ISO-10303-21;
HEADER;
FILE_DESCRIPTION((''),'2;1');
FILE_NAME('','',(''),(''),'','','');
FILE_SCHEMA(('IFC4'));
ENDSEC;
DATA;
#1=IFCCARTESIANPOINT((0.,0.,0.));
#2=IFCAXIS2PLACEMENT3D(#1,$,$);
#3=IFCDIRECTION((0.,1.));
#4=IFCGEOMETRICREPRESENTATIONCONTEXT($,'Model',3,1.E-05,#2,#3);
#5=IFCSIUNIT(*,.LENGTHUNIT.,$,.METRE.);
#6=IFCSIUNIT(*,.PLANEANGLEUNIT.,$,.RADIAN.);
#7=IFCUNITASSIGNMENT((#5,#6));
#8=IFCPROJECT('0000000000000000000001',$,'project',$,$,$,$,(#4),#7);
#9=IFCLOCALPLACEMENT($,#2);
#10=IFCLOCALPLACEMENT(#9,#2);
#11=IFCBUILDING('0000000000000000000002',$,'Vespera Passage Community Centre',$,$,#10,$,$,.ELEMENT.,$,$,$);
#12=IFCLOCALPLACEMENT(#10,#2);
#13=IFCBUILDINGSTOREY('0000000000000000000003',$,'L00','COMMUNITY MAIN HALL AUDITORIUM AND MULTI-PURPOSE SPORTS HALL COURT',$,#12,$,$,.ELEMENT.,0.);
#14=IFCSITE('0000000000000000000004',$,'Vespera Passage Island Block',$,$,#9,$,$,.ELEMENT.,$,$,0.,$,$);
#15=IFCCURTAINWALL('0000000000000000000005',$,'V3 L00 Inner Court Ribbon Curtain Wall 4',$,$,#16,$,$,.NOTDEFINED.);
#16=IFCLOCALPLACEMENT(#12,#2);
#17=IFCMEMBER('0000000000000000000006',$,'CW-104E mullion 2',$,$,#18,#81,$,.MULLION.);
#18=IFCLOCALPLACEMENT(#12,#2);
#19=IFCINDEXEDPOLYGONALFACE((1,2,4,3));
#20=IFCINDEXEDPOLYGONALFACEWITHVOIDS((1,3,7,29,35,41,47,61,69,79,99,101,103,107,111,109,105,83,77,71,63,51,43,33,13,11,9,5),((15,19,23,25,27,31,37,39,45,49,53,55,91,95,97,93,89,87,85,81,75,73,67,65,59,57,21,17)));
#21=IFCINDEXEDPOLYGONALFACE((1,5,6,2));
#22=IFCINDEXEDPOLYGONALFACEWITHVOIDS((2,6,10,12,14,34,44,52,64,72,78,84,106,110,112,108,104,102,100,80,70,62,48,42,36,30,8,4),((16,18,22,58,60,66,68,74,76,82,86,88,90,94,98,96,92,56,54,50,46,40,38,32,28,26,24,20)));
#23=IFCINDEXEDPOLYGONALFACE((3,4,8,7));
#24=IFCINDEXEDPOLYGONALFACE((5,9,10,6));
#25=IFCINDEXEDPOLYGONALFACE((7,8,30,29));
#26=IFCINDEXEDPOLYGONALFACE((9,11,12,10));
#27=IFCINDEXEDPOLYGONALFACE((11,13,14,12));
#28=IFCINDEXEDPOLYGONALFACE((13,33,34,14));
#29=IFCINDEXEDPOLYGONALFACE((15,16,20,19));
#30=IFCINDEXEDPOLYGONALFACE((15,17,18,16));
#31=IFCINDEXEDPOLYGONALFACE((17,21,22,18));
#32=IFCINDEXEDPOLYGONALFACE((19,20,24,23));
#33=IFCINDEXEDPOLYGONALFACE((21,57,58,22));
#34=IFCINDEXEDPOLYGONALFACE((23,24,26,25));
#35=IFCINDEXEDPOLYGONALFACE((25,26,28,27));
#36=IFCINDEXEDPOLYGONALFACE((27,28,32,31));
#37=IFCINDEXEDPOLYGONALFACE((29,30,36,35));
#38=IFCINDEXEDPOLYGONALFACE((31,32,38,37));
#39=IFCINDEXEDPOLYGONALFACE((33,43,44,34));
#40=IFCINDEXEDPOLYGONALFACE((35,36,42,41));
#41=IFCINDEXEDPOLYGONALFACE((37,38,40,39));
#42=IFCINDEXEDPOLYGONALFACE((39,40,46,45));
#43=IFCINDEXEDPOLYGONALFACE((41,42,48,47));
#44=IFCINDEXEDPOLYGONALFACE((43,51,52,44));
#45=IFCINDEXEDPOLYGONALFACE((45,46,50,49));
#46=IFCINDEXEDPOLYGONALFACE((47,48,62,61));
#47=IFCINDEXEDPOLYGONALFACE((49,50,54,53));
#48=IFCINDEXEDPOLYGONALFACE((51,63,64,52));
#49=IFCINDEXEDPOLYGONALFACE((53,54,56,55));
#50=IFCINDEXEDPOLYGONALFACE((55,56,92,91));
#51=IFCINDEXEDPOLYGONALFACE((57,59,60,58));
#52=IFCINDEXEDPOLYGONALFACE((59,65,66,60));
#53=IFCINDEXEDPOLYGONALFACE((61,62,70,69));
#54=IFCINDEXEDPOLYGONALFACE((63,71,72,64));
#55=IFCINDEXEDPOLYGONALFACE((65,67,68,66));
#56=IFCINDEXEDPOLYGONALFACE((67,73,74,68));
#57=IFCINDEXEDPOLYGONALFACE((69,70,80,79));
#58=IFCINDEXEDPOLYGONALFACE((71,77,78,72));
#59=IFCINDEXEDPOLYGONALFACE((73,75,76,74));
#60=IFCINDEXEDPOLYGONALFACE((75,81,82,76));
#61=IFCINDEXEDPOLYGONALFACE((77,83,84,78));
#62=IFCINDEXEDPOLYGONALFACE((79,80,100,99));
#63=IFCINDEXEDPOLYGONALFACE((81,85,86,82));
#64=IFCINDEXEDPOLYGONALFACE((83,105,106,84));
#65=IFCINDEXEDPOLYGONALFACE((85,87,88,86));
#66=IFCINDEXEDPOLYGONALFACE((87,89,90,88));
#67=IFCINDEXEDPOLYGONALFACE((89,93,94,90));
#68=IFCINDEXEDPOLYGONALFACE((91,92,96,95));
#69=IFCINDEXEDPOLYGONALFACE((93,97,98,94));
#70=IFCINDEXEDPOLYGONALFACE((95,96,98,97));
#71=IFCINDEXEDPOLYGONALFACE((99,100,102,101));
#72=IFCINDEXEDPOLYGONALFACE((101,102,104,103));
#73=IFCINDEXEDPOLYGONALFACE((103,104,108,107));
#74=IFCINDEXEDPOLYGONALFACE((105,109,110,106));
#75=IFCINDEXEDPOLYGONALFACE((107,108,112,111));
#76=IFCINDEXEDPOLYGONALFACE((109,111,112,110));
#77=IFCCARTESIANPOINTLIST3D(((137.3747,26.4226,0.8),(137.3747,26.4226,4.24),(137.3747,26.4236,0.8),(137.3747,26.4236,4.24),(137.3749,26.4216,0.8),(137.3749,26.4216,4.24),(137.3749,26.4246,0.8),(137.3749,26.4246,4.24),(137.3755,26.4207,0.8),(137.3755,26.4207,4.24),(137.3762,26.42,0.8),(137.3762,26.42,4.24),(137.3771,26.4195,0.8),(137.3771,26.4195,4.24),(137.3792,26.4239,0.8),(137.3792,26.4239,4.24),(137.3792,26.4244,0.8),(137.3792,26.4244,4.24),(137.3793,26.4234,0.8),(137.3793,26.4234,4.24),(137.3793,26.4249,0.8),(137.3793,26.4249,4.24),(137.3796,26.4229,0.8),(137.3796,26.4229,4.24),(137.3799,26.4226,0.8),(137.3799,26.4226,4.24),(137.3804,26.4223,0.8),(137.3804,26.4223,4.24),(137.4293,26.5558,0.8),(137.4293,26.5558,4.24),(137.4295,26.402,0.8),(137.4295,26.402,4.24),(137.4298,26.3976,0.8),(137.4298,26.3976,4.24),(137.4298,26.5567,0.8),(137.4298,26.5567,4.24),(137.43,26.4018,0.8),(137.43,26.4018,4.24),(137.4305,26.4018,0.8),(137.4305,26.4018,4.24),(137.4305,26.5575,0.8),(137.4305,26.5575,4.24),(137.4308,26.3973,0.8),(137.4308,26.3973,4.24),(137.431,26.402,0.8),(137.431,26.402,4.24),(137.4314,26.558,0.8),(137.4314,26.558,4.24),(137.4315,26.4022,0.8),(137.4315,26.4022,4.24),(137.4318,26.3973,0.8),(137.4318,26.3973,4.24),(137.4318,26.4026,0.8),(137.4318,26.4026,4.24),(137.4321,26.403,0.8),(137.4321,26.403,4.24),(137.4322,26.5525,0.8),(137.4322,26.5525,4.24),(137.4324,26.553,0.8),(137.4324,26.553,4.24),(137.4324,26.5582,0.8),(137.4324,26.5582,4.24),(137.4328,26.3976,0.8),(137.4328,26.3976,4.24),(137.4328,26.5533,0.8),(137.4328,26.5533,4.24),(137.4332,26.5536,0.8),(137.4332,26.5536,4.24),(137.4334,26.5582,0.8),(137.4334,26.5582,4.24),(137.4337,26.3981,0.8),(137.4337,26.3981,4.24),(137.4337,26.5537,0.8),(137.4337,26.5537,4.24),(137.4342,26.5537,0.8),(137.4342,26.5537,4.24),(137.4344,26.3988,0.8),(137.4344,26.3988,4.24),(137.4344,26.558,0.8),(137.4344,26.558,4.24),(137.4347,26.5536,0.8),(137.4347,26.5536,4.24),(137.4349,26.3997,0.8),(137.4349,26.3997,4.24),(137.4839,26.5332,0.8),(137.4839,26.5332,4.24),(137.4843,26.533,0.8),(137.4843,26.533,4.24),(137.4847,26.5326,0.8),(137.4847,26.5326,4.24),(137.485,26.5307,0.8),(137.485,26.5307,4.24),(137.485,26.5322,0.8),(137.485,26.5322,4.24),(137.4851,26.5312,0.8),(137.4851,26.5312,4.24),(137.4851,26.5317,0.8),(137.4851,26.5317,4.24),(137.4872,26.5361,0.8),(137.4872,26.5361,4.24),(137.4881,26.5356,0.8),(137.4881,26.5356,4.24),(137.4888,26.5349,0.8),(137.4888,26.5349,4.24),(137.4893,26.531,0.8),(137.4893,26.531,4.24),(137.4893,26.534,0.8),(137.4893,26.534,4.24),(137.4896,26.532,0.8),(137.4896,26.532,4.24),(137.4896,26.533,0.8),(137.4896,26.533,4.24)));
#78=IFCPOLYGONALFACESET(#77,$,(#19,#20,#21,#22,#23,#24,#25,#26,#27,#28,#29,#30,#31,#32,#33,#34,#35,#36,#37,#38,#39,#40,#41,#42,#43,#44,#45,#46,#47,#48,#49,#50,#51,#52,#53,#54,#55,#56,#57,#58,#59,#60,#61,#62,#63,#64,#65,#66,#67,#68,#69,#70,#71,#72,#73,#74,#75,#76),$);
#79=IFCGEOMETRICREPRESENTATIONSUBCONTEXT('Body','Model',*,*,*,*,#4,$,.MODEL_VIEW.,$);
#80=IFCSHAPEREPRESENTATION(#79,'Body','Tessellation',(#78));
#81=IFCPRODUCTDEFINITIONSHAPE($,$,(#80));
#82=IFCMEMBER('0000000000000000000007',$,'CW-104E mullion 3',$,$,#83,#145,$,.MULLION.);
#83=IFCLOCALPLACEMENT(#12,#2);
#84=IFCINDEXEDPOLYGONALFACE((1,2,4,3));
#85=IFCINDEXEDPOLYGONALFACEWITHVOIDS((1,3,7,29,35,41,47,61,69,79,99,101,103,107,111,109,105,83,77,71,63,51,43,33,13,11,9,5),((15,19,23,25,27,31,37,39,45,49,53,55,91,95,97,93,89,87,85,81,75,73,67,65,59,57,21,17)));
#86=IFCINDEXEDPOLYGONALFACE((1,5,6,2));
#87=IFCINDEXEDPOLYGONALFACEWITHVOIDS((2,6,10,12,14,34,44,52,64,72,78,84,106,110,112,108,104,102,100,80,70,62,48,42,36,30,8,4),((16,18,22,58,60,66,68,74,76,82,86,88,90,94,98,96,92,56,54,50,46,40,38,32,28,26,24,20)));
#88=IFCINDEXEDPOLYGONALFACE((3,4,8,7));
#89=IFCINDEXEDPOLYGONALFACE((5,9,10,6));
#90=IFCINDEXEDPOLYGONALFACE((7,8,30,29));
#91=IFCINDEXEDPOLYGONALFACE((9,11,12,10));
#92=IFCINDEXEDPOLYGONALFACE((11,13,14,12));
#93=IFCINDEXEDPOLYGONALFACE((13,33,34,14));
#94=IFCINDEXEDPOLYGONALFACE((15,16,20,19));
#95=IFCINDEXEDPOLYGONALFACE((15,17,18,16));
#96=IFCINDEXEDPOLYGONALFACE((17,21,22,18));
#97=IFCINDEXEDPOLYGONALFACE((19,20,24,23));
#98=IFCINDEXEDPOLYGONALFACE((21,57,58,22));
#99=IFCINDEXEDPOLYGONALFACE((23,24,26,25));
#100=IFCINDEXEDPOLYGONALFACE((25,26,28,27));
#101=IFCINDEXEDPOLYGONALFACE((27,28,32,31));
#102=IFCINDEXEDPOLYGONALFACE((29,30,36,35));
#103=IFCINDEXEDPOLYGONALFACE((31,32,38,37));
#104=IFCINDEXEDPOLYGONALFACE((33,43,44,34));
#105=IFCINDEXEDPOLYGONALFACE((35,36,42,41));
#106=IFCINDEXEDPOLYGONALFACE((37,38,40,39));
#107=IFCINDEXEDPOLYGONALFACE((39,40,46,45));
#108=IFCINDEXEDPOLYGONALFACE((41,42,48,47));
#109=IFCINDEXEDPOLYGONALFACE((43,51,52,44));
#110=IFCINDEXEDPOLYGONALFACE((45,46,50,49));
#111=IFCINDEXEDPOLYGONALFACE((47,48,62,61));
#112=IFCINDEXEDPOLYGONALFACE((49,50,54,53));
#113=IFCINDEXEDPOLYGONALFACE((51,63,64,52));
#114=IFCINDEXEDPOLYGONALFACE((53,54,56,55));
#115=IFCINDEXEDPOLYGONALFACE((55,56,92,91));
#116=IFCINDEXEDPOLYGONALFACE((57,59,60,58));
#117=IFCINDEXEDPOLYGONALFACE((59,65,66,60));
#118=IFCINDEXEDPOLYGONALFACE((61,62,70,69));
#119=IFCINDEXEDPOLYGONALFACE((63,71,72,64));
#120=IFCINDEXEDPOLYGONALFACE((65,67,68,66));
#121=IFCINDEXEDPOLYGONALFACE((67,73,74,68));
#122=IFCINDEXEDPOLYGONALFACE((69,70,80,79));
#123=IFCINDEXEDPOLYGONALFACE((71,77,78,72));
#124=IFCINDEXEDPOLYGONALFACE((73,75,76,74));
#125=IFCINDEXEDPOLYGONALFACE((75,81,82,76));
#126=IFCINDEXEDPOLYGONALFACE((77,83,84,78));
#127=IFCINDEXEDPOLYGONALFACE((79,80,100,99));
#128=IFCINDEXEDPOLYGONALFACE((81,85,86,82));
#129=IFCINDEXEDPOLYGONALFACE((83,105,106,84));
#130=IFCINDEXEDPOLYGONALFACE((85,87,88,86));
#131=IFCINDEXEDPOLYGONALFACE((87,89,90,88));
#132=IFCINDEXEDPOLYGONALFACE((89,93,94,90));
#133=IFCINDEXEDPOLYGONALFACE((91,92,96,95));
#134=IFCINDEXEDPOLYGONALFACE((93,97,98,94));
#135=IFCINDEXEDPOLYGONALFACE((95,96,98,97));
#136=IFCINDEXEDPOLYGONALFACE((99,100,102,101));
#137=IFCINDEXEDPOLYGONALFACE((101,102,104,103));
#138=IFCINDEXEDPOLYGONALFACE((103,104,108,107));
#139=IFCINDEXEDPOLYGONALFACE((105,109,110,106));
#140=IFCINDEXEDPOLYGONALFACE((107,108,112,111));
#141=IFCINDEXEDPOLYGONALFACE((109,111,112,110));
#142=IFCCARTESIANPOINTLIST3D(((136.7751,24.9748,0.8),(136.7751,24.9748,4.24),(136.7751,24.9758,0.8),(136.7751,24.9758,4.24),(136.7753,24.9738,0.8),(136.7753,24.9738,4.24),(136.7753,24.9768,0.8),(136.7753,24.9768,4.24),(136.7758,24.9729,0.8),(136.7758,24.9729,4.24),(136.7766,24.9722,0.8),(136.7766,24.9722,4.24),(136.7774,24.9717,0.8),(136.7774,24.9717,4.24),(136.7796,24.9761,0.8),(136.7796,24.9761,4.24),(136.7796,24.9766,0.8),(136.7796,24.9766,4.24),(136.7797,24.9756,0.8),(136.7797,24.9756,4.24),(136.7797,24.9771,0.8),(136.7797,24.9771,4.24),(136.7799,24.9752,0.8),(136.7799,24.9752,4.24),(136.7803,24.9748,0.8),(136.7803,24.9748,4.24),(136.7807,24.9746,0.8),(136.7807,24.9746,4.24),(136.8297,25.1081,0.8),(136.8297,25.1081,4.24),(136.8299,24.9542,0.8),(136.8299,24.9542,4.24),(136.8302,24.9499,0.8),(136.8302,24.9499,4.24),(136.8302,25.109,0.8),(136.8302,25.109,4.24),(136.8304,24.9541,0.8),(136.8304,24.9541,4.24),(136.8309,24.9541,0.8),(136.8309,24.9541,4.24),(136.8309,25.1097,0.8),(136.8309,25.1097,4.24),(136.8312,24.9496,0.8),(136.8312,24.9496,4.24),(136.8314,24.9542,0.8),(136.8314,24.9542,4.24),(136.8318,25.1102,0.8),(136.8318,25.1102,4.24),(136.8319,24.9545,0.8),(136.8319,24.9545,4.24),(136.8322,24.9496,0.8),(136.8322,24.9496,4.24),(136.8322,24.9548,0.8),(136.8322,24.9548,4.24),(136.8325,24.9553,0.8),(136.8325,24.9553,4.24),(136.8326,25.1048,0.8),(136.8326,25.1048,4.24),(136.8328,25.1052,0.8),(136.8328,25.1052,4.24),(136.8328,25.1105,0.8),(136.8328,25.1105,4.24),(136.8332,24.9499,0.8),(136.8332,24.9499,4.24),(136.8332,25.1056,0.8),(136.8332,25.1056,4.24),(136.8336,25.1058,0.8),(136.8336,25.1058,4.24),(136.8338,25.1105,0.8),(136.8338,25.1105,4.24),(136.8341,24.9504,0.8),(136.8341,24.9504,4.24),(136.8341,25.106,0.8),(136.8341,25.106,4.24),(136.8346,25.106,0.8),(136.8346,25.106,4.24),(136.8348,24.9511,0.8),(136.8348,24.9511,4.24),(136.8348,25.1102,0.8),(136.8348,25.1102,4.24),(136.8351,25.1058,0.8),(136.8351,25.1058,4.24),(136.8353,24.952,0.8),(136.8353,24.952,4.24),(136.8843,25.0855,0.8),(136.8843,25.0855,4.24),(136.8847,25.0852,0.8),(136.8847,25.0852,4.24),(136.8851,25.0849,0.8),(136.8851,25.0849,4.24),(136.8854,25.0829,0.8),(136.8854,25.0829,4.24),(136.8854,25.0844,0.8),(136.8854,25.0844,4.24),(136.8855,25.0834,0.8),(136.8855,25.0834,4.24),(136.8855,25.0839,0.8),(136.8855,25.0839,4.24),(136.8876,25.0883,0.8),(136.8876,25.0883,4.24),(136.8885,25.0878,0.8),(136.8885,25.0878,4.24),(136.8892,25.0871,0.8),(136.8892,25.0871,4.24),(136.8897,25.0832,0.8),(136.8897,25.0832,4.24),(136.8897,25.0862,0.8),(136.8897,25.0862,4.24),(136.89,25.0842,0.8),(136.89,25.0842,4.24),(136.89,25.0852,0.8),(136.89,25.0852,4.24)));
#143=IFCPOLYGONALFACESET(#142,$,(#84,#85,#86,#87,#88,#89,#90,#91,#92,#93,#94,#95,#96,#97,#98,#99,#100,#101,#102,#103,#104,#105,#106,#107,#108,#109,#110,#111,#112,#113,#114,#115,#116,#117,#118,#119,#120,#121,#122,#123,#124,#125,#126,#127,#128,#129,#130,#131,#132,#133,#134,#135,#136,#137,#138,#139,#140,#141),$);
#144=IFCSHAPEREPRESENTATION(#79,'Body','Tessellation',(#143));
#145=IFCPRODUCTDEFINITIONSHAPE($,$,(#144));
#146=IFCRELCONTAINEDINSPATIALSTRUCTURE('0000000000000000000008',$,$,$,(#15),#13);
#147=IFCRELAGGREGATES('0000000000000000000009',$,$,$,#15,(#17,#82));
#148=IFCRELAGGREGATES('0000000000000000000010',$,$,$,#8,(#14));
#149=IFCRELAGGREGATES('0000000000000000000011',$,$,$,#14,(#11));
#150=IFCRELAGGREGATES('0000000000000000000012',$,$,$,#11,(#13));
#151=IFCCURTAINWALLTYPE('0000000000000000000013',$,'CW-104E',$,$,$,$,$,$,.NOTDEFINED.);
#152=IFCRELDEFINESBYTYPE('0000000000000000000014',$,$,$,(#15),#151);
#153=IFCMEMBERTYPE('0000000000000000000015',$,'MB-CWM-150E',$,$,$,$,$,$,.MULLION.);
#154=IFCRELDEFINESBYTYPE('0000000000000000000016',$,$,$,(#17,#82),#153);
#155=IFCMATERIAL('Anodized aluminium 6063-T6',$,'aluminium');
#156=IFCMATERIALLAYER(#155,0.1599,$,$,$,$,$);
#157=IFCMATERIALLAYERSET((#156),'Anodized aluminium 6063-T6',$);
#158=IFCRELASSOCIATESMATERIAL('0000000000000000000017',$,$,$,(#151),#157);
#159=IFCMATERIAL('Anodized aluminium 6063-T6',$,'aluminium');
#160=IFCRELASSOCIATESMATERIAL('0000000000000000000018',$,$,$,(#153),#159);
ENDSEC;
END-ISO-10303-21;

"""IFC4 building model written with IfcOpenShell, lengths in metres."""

from ifc_helpers import new_model, si_unit, direction, frame, origin, origin_2d, place, context, subcontext, project, spatial, hollow_rectangle, extrude, material, layer, layer_set, material_profile, profile_set, type_object, element, aggregate, save


model = new_model("IFC4")

# Units and contexts
model_context = context("Model", 3, precision=1e-05, world=origin(), true_north=direction((0.0, 1.0)))
body_context = subcontext(model_context, "Body", "Model", "MODEL_VIEW")
ifc_project = project(units=[si_unit("LENGTHUNIT", "METRE"), si_unit("PLANEANGLEUNIT", "RADIAN")], contexts=[model_context])

# Site, building, storey
site_placement = place(None, origin())
site = spatial("IfcSite", under=ifc_project, at=site_placement, Name="Vespera Passage Island Block", CompositionType="ELEMENT", RefElevation=0.0)
building_placement = place(site_placement, origin())
building = spatial("IfcBuilding", under=site, at=building_placement, Name="Vespera Passage Community Centre", CompositionType="ELEMENT")
storey_placement = place(building_placement, origin())
storey = spatial("IfcBuildingStorey", under=building, at=storey_placement, Name="L00", Description="COMMUNITY MAIN HALL AUDITORIUM AND MULTI-PURPOSE SPORTS HALL COURT", CompositionType="ELEMENT", Elevation=0.0)

# Curtain wall, members
ifc_material_1 = material(Name="Anodized aluminium 6063-T6", Category="aluminium")
ifc_layer_1 = layer(ifc_material_1, 0.1599)
ifc_layer_set_1 = layer_set([ifc_layer_1], Name="Anodized aluminium 6063-T6")
curtain_wall_type = type_object("IfcCurtainWallType", Name="CW-104E", PredefinedType="NOTDEFINED", material=ifc_layer_set_1)
curtain_wall_1_placement = place(storey_placement, origin())
curtain_wall_1 = element("IfcCurtainWall", 1, at=curtain_wall_1_placement, inside=storey, type_object=curtain_wall_type, Name="V3 L00 Inner Court Ribbon Curtain Wall 4", PredefinedType="NOTDEFINED")
ifc_material_2 = material(Name="Anodized aluminium 6063-T6", Category="aluminium")
ifc_material_profile_1 = material_profile(ifc_material_2, hollow_rectangle(XDim=0.0649, YDim=0.1499, WallThickness=0.0039, InnerFilletRadius=0.002, OuterFilletRadius=0.0039, at=origin_2d()), Name="ALU150X65X4")
ifc_profile_set_1 = profile_set([ifc_material_profile_1], Name="Anodized aluminium 6063-T6")
member_type_1 = type_object("IfcMemberType", Name="MB-CWM-150E", PredefinedType="MULLION", material=ifc_profile_set_1)
member_1_placement = place(storey_placement, frame((137.4321, 26.4778, 0.8), z_axis=(0.0, 0.0, 1.0), x_axis=(0.923879, -0.382686, 0.0)))
member_1 = element("IfcMember", 2, at=member_1_placement, type_object=member_type_1, Name="CW-104E mullion 2", PredefinedType="MULLION", context=body_context, shape_type="SweptSolid", body=[
    extrude(hollow_rectangle(XDim=0.0649, YDim=0.1499, WallThickness=0.0039, InnerFilletRadius=0.002, OuterFilletRadius=0.0039, at=origin_2d()), origin(), (0.0, 0.0, 1.0), 3.4399),
])
member_2_placement = place(storey_placement, frame((136.8325, 25.03, 0.8), z_axis=(0.0, 0.0, 1.0), x_axis=(0.923879, -0.382686, 0.0)))
member_2 = element("IfcMember", 3, at=member_2_placement, type_object=member_type_1, Name="CW-104E mullion 3", PredefinedType="MULLION", context=body_context, shape_type="SweptSolid", body=[
    extrude(hollow_rectangle(XDim=0.0649, YDim=0.1499, WallThickness=0.0039, InnerFilletRadius=0.002, OuterFilletRadius=0.0039, at=origin_2d()), origin(), (0.0, 0.0, 1.0), 3.4399),
])

aggregate(curtain_wall_1, [member_1, member_2])

save(model, "model.ifc")
